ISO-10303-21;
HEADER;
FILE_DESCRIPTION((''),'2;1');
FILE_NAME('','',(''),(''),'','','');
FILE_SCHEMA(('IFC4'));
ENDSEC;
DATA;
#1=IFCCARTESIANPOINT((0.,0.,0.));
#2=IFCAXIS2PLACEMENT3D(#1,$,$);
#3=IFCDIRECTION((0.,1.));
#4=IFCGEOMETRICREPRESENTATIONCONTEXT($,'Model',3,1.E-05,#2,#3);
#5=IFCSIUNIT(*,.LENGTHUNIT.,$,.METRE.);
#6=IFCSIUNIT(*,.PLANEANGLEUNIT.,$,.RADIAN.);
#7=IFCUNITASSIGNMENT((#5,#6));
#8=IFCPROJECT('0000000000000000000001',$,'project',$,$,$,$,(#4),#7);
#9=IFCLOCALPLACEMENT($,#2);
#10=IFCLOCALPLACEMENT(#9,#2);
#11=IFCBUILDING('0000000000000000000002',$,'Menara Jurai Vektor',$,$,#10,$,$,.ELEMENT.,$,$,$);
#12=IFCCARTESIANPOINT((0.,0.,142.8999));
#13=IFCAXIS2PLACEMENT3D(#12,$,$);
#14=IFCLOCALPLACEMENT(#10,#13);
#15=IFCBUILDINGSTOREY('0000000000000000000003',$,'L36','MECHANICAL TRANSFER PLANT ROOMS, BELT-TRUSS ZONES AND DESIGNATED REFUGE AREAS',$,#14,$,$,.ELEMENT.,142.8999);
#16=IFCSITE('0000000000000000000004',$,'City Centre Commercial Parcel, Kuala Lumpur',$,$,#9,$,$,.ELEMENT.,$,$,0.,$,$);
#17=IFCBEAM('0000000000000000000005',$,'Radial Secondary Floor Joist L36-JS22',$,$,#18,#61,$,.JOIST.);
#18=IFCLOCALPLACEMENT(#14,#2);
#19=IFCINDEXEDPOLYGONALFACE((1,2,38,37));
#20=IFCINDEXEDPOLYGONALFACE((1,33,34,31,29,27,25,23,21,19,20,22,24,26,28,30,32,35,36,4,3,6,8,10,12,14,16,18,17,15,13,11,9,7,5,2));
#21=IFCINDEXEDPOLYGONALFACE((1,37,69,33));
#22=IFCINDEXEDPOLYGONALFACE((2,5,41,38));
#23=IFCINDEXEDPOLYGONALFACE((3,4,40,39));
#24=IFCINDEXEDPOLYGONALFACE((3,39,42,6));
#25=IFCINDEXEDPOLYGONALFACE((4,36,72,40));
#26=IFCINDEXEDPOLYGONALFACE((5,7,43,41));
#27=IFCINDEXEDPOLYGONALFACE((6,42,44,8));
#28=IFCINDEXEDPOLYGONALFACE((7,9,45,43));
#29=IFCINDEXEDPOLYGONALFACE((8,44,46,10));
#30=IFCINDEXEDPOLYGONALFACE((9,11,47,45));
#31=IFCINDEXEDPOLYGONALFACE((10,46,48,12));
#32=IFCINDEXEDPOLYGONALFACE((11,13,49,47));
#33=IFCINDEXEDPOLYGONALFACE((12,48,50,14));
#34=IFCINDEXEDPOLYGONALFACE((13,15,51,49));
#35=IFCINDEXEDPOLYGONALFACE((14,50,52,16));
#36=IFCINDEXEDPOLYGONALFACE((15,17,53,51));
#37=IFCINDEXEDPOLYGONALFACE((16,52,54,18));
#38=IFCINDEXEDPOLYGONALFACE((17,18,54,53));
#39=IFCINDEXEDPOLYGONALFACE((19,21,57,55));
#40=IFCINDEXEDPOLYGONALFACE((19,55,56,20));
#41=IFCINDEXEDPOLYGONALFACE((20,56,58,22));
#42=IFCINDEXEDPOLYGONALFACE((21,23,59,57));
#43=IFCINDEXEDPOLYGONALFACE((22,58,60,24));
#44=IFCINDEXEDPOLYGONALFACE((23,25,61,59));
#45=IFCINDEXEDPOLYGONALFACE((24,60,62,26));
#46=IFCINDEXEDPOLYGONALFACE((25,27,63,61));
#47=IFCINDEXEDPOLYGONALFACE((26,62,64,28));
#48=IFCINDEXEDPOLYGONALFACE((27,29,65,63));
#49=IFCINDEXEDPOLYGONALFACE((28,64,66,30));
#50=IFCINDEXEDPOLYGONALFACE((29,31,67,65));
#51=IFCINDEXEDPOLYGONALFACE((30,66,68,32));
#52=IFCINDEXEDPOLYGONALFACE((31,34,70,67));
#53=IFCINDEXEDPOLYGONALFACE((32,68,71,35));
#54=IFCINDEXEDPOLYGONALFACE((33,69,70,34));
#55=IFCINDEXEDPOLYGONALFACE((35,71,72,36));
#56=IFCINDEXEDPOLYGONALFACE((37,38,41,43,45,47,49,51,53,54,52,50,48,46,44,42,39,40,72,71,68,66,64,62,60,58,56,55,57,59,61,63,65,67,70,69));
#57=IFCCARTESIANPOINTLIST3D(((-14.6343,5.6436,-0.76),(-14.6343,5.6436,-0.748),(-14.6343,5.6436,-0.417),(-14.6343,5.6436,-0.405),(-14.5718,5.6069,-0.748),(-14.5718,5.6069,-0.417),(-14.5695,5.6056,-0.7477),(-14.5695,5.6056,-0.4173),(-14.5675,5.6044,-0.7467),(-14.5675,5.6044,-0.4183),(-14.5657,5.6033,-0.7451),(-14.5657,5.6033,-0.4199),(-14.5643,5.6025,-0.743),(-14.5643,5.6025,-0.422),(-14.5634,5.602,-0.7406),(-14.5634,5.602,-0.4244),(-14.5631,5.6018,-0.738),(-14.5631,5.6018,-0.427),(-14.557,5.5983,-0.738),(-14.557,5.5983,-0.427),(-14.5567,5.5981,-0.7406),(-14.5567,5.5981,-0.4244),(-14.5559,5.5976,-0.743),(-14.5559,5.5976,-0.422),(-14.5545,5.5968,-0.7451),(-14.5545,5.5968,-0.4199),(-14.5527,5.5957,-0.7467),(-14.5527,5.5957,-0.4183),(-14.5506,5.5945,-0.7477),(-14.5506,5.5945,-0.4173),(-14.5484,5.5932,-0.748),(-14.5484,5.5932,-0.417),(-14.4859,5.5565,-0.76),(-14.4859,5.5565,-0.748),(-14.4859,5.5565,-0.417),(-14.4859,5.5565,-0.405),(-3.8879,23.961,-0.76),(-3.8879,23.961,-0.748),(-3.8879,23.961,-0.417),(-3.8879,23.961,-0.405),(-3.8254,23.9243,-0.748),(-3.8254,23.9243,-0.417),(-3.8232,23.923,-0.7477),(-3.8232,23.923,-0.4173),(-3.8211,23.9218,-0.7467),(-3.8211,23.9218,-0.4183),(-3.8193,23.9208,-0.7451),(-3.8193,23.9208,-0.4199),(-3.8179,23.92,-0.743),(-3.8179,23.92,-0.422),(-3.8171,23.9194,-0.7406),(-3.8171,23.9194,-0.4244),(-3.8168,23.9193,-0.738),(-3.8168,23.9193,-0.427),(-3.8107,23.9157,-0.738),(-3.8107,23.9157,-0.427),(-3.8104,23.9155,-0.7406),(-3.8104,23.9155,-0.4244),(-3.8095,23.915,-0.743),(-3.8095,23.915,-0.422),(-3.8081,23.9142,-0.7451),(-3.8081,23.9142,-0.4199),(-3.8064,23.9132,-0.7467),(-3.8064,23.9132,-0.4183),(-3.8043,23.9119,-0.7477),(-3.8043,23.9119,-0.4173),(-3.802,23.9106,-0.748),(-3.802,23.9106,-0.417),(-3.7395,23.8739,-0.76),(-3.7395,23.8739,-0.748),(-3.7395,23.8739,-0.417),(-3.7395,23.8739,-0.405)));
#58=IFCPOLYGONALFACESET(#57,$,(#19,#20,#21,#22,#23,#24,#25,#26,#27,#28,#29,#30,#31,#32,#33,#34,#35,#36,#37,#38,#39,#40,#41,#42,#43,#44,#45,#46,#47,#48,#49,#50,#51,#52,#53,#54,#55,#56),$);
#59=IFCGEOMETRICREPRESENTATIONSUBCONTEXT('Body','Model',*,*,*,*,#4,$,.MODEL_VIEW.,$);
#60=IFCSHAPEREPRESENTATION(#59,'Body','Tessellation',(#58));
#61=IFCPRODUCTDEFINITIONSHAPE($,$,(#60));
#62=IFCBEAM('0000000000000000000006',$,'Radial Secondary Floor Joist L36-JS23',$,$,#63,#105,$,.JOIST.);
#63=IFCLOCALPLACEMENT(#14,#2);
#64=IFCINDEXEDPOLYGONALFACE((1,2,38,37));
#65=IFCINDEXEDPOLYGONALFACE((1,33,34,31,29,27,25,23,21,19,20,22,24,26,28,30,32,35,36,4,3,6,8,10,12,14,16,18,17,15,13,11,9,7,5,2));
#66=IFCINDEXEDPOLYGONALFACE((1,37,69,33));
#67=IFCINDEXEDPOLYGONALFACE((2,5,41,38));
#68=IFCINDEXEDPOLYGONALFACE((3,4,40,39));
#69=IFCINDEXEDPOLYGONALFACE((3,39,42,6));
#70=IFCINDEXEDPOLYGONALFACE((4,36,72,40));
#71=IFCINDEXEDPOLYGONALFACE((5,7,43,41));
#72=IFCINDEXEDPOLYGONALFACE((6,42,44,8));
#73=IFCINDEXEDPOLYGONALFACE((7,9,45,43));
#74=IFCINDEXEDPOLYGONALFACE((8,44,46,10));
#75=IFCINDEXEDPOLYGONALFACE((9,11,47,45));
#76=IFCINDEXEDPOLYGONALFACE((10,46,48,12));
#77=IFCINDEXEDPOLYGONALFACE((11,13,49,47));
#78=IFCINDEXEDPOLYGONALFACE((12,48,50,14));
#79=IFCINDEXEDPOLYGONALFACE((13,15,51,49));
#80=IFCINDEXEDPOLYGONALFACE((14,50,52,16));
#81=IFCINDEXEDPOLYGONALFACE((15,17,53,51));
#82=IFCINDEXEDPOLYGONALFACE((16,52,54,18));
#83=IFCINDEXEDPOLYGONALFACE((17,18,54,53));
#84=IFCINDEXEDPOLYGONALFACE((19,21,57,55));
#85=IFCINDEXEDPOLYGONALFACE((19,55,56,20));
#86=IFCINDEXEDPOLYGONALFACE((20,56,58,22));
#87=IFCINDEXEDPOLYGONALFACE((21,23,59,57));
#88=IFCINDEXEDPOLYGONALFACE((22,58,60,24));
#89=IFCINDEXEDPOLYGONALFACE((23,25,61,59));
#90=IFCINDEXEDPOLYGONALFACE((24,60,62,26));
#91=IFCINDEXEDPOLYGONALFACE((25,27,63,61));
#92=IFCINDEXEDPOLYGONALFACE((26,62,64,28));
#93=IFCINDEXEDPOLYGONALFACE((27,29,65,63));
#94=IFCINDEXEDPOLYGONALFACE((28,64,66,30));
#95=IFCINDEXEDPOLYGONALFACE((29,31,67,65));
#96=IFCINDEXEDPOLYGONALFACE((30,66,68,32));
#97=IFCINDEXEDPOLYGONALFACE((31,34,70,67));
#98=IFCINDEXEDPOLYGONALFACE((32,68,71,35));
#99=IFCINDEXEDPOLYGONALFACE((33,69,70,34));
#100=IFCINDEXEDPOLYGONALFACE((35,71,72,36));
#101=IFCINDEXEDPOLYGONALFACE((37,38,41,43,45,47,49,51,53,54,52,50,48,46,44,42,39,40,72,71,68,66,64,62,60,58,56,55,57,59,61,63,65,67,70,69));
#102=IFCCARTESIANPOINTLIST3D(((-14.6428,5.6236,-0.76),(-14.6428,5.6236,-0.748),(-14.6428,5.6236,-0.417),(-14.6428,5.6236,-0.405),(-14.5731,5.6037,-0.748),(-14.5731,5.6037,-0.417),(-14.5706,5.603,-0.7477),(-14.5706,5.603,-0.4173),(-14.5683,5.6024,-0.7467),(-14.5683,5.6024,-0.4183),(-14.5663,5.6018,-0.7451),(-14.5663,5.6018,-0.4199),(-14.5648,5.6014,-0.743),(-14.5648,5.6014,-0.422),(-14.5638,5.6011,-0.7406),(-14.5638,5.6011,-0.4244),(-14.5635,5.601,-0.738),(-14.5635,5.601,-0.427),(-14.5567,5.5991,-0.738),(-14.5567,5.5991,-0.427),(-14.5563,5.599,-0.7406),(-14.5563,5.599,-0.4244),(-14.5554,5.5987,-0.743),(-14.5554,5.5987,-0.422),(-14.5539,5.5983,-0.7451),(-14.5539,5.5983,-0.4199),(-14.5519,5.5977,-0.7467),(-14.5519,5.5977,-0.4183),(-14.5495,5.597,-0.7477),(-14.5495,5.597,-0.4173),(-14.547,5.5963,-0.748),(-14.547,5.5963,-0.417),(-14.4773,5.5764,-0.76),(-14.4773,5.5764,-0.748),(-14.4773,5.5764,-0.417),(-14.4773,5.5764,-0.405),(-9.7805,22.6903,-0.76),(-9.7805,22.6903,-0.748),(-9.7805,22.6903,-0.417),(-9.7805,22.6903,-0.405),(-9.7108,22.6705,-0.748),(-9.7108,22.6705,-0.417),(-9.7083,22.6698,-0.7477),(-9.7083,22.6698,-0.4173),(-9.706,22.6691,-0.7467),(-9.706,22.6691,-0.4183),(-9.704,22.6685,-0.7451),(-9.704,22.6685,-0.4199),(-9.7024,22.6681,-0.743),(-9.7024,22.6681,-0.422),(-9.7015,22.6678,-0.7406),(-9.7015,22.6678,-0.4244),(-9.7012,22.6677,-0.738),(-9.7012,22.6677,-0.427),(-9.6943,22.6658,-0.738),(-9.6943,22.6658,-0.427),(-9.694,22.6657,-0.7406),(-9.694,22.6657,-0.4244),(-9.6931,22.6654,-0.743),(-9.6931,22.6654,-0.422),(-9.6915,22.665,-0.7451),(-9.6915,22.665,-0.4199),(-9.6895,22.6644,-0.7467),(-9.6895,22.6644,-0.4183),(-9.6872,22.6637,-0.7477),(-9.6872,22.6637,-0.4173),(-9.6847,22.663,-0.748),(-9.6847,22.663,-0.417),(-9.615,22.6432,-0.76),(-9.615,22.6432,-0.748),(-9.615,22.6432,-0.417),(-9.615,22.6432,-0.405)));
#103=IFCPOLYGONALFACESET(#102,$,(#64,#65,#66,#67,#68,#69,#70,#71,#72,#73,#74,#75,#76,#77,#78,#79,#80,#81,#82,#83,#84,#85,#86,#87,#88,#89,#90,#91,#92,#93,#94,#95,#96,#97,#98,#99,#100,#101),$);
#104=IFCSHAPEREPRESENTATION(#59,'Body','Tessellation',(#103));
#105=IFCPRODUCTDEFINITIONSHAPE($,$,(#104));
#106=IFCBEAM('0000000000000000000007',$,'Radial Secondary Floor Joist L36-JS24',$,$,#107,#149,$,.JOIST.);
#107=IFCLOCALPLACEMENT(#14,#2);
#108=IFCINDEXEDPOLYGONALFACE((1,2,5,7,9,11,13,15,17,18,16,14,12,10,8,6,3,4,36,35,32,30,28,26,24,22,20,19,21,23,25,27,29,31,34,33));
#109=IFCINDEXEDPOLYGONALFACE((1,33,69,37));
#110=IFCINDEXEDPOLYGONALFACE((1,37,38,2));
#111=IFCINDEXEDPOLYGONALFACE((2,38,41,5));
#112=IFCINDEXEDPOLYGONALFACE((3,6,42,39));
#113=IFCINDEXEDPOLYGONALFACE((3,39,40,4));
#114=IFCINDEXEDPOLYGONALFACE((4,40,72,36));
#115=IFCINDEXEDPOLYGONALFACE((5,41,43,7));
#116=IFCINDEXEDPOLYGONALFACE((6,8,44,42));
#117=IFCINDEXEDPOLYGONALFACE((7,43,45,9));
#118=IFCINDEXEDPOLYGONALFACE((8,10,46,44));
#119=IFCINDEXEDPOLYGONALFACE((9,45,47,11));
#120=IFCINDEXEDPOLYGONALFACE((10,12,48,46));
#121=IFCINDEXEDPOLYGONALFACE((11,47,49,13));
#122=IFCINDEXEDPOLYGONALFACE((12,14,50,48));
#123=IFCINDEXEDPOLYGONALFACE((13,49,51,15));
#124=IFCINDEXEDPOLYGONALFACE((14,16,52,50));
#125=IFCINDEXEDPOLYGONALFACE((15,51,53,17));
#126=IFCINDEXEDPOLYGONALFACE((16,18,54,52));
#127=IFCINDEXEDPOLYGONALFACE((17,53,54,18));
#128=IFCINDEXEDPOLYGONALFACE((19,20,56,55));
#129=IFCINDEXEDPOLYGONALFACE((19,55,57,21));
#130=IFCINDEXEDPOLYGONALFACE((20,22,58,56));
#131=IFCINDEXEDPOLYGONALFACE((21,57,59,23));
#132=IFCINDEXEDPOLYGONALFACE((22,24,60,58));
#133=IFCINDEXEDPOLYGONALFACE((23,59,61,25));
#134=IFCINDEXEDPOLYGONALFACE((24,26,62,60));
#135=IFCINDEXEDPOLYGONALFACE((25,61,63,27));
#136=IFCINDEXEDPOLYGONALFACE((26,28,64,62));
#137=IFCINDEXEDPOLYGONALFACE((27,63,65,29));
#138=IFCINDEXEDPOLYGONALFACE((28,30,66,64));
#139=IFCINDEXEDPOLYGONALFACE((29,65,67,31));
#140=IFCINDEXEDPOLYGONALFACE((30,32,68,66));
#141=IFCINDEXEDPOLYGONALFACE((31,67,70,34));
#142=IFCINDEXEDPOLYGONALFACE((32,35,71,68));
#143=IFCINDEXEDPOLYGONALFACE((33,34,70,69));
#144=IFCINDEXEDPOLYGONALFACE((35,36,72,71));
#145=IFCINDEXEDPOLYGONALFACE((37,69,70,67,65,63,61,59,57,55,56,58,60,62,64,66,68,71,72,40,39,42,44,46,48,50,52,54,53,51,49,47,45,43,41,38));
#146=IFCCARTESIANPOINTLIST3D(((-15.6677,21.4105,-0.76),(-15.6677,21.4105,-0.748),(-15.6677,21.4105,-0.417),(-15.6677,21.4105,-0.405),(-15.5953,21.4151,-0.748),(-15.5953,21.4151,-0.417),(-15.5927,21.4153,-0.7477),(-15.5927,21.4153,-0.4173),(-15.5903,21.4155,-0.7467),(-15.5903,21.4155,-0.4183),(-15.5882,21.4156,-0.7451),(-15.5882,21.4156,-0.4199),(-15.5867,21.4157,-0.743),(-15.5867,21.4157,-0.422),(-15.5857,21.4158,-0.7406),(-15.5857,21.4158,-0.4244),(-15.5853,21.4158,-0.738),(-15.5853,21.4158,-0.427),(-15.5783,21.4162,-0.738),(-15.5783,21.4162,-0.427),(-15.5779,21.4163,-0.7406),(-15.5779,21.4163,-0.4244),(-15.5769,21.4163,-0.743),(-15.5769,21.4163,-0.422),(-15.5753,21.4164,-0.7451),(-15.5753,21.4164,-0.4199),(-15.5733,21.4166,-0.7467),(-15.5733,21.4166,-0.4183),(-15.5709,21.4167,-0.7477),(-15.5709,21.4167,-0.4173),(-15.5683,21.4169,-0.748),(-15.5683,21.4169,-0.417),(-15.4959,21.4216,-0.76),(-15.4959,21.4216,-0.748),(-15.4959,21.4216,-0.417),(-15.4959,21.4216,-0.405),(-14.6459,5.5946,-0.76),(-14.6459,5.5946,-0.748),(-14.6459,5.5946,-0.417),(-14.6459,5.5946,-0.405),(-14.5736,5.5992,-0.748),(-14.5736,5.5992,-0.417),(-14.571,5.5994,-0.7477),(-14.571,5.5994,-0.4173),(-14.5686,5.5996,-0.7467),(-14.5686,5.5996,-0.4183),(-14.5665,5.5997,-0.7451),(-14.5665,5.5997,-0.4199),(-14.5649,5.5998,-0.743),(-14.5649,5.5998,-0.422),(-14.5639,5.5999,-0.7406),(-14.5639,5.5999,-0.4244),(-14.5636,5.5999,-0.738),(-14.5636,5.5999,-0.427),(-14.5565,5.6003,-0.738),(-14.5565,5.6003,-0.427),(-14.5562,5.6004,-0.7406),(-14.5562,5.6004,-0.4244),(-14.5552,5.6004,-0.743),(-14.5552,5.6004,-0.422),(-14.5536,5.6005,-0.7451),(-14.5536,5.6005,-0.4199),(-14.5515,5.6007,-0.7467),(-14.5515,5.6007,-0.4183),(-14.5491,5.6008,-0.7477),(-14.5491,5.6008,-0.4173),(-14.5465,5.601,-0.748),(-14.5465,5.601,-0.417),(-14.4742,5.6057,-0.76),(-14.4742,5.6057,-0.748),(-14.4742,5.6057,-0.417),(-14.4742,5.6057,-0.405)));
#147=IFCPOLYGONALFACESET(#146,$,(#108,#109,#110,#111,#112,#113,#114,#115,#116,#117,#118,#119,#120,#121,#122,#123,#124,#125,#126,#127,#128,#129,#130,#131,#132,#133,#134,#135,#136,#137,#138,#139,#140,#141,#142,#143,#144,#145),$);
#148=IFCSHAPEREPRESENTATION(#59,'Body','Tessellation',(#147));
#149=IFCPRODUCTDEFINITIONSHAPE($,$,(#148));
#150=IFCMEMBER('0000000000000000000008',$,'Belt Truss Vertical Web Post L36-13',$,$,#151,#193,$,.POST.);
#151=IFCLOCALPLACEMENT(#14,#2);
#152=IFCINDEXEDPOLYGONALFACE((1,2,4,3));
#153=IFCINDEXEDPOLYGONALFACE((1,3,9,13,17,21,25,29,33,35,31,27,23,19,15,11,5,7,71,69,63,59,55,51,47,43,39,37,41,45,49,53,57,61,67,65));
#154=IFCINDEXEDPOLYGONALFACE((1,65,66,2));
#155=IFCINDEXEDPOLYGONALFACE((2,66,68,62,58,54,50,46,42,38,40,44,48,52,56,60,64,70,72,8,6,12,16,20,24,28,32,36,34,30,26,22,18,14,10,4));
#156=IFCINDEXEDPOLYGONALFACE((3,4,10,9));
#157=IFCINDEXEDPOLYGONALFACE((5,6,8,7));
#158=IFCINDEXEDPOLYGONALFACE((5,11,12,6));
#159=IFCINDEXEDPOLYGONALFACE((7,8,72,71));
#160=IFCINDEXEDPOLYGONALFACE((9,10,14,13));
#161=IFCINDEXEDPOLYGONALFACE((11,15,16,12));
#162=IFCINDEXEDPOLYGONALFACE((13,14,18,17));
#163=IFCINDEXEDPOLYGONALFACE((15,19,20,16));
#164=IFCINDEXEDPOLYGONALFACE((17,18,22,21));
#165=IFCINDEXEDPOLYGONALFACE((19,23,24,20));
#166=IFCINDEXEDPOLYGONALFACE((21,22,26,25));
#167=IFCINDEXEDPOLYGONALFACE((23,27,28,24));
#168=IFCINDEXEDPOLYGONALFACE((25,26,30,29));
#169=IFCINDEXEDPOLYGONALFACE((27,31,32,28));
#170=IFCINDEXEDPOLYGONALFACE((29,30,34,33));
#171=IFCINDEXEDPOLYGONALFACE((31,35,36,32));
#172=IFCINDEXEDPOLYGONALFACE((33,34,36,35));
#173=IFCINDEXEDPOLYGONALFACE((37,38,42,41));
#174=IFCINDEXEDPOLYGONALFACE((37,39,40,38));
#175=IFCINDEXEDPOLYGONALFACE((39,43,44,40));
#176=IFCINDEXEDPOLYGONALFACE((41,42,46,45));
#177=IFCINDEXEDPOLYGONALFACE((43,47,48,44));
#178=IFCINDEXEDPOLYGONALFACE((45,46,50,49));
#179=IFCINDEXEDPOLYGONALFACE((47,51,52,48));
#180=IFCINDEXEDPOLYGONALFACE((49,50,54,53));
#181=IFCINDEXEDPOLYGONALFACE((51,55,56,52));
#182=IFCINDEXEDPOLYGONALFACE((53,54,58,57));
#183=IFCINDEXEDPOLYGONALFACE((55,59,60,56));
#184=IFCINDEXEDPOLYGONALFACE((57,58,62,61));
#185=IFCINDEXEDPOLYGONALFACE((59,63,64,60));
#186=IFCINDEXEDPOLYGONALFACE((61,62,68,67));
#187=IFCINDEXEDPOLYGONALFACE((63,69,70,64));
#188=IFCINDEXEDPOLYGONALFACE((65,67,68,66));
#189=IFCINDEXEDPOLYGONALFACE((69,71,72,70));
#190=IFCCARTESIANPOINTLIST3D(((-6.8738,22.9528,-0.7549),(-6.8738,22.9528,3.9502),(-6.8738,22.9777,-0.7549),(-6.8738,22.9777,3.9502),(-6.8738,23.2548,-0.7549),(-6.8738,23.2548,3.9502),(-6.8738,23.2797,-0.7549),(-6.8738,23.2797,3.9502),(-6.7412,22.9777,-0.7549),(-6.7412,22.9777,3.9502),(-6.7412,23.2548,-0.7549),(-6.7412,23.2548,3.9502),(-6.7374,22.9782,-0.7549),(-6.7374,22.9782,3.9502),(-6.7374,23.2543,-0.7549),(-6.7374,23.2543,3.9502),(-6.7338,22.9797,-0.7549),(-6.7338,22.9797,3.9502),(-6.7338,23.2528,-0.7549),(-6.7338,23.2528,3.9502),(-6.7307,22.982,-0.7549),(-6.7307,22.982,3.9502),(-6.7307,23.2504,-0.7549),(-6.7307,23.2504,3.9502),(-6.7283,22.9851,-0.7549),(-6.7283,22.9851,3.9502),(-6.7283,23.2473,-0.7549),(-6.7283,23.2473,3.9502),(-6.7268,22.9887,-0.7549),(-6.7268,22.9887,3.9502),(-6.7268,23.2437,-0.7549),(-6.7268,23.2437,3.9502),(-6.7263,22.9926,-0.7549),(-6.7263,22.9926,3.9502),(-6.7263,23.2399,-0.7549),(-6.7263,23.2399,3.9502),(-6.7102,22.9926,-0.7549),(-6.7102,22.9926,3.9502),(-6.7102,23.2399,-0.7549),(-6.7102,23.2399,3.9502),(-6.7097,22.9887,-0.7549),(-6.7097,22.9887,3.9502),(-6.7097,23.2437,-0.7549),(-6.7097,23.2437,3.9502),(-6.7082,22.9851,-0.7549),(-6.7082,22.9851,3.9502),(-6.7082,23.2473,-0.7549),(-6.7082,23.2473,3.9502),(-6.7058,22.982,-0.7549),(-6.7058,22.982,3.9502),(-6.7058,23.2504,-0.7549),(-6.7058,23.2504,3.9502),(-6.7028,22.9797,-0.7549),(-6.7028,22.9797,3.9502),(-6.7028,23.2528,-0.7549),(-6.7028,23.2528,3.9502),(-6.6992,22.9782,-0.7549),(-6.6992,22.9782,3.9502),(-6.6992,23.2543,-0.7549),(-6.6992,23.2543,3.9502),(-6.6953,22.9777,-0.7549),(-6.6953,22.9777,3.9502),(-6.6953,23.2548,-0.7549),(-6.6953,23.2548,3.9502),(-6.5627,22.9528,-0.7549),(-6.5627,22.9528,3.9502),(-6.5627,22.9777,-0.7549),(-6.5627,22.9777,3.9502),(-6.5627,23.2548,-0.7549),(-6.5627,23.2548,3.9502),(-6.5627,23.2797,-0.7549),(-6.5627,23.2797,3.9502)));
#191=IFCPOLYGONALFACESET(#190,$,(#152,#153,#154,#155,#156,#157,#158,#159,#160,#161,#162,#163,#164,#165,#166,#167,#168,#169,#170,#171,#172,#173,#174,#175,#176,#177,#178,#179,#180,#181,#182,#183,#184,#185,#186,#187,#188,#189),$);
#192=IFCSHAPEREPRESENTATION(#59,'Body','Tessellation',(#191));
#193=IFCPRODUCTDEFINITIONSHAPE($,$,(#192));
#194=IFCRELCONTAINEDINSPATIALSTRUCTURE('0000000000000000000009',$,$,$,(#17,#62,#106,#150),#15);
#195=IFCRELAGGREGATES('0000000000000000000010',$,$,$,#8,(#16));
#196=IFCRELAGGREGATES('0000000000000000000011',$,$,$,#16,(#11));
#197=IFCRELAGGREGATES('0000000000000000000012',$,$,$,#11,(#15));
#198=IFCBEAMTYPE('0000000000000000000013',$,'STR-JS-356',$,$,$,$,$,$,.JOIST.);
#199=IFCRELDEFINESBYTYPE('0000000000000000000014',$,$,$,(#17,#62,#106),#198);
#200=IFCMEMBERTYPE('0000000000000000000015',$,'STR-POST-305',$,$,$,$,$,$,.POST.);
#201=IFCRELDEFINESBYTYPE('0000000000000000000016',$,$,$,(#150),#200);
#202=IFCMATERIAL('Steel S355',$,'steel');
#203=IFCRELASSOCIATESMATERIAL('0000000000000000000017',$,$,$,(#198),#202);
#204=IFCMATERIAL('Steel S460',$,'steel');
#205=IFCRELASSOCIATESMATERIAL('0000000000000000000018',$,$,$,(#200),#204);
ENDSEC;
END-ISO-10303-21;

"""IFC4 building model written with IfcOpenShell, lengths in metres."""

from ifc_helpers import new_model, si_unit, direction, frame, origin, origin_2d, place, context, subcontext, project, spatial, i_section, extrude, material, material_profile, profile_set, type_object, element, save


model = new_model("IFC4")

# Units and contexts
model_context = context("Model", 3, precision=1e-05, world=origin(), true_north=direction((0.0, 1.0)))
body_context = subcontext(model_context, "Body", "Model", "MODEL_VIEW")
ifc_project = project(units=[si_unit("LENGTHUNIT", "METRE"), si_unit("PLANEANGLEUNIT", "RADIAN")], contexts=[model_context])

# Site, building, storey
site_placement = place(None, origin())
site = spatial("IfcSite", under=ifc_project, at=site_placement, Name="City Centre Commercial Parcel, Kuala Lumpur", CompositionType="ELEMENT", RefElevation=0.0)
building_placement = place(site_placement, origin())
building = spatial("IfcBuilding", under=site, at=building_placement, Name="Menara Jurai Vektor", CompositionType="ELEMENT")
storey_placement = place(building_placement, frame((0.0, 0.0, 142.8999)))
storey = spatial("IfcBuildingStorey", under=building, at=storey_placement, Name="L36", Description="MECHANICAL TRANSFER PLANT ROOMS, BELT-TRUSS ZONES AND DESIGNATED REFUGE AREAS", CompositionType="ELEMENT", Elevation=142.8999)

# Shared definitions
ifc_material_1 = material(Name="Steel S460", Category="steel")

# Shared definitions
ifc_material_2 = material(Name="Steel S355", Category="steel")

# Beams
ifc_material_profile_1 = material_profile(ifc_material_2, i_section(OverallWidth=0.1721, OverallDepth=0.355, WebThickness=0.0071, FlangeThickness=0.012, FilletRadius=0.01, at=origin_2d()), Name="UKB 356x171x51")
ifc_profile_set_1 = profile_set([ifc_material_profile_1], Name="Steel S355")
beam_type_1 = type_object("IfcBeamType", Name="STR-JS-356", PredefinedType="JOIST", material=ifc_profile_set_1)
beam_1_placement = place(storey_placement, frame((-3.8137, 23.9175, -0.5825), z_axis=(-0.50602, -0.862522, 0.0), x_axis=(0.862522, -0.50602, 0.0)))
element("IfcBeam", 1, at=beam_1_placement, inside=storey, type_object=beam_type_1, Name="Radial Secondary Floor Joist L36-JS22", PredefinedType="JOIST", context=body_context, shape_type="SweptSolid", body=[
    extrude(i_section(OverallWidth=0.1721, OverallDepth=0.355, WebThickness=0.0071, FlangeThickness=0.012, FilletRadius=0.01, at=origin_2d()), origin(), (0.0, 0.0, 1.0), 21.2371),
])
beam_2_placement = place(storey_placement, frame((-9.6978, 22.6667, -0.5825), z_axis=(-0.273998, -0.96173, 0.0), x_axis=(0.96173, -0.273998, 0.0)))
element("IfcBeam", 2, at=beam_2_placement, inside=storey, type_object=beam_type_1, Name="Radial Secondary Floor Joist L36-JS23", PredefinedType="JOIST", context=body_context, shape_type="SweptSolid", body=[
    extrude(i_section(OverallWidth=0.1721, OverallDepth=0.355, WebThickness=0.0071, FlangeThickness=0.012, FilletRadius=0.01, at=origin_2d()), origin(), (0.0, 0.0, 1.0), 17.7458),
])
beam_3_placement = place(storey_placement, frame((-15.5818, 21.416, -0.5825), z_axis=(0.064467, -0.99792, 0.0), x_axis=(0.99792, 0.064467, 0.0)))
element("IfcBeam", 3, at=beam_3_placement, inside=storey, type_object=beam_type_1, Name="Radial Secondary Floor Joist L36-JS24", PredefinedType="JOIST", context=body_context, shape_type="SweptSolid", body=[
    extrude(i_section(OverallWidth=0.1721, OverallDepth=0.355, WebThickness=0.0071, FlangeThickness=0.012, FilletRadius=0.01, at=origin_2d()), origin(), (0.0, 0.0, 1.0), 15.8489),
])

# Member
ifc_material_profile_2 = material_profile(ifc_material_1, i_section(OverallWidth=0.311, OverallDepth=0.3269, WebThickness=0.0161, FlangeThickness=0.0249, FilletRadius=0.0149, at=origin_2d()), Name="UKC 305x305x158")
ifc_profile_set_2 = profile_set([ifc_material_profile_2], Name="Steel S460")
member_type_1 = type_object("IfcMemberType", Name="STR-POST-305", PredefinedType="POST", material=ifc_profile_set_2)
for number, where, z_axis, x_axis, name in (
    (4, (-6.7183, 23.1162, -0.7549), (0.0, 0.0, 1.0), (1.0, 0.0, 0.0), "Belt Truss Vertical Web Post L36-13"),
):
    element("IfcMember", number, at=place(storey_placement, frame(where, z_axis=z_axis, x_axis=x_axis)), inside=storey, type_object=member_type_1, Name=name, PredefinedType="POST", context=body_context, shape_type="SweptSolid", body=[
        extrude(i_section(OverallWidth=0.311, OverallDepth=0.3269, WebThickness=0.0161, FlangeThickness=0.0249, FilletRadius=0.0149, at=origin_2d()), origin(), (0.0, 0.0, 1.0), 4.7051),
    ])

save(model, "model.ifc")
